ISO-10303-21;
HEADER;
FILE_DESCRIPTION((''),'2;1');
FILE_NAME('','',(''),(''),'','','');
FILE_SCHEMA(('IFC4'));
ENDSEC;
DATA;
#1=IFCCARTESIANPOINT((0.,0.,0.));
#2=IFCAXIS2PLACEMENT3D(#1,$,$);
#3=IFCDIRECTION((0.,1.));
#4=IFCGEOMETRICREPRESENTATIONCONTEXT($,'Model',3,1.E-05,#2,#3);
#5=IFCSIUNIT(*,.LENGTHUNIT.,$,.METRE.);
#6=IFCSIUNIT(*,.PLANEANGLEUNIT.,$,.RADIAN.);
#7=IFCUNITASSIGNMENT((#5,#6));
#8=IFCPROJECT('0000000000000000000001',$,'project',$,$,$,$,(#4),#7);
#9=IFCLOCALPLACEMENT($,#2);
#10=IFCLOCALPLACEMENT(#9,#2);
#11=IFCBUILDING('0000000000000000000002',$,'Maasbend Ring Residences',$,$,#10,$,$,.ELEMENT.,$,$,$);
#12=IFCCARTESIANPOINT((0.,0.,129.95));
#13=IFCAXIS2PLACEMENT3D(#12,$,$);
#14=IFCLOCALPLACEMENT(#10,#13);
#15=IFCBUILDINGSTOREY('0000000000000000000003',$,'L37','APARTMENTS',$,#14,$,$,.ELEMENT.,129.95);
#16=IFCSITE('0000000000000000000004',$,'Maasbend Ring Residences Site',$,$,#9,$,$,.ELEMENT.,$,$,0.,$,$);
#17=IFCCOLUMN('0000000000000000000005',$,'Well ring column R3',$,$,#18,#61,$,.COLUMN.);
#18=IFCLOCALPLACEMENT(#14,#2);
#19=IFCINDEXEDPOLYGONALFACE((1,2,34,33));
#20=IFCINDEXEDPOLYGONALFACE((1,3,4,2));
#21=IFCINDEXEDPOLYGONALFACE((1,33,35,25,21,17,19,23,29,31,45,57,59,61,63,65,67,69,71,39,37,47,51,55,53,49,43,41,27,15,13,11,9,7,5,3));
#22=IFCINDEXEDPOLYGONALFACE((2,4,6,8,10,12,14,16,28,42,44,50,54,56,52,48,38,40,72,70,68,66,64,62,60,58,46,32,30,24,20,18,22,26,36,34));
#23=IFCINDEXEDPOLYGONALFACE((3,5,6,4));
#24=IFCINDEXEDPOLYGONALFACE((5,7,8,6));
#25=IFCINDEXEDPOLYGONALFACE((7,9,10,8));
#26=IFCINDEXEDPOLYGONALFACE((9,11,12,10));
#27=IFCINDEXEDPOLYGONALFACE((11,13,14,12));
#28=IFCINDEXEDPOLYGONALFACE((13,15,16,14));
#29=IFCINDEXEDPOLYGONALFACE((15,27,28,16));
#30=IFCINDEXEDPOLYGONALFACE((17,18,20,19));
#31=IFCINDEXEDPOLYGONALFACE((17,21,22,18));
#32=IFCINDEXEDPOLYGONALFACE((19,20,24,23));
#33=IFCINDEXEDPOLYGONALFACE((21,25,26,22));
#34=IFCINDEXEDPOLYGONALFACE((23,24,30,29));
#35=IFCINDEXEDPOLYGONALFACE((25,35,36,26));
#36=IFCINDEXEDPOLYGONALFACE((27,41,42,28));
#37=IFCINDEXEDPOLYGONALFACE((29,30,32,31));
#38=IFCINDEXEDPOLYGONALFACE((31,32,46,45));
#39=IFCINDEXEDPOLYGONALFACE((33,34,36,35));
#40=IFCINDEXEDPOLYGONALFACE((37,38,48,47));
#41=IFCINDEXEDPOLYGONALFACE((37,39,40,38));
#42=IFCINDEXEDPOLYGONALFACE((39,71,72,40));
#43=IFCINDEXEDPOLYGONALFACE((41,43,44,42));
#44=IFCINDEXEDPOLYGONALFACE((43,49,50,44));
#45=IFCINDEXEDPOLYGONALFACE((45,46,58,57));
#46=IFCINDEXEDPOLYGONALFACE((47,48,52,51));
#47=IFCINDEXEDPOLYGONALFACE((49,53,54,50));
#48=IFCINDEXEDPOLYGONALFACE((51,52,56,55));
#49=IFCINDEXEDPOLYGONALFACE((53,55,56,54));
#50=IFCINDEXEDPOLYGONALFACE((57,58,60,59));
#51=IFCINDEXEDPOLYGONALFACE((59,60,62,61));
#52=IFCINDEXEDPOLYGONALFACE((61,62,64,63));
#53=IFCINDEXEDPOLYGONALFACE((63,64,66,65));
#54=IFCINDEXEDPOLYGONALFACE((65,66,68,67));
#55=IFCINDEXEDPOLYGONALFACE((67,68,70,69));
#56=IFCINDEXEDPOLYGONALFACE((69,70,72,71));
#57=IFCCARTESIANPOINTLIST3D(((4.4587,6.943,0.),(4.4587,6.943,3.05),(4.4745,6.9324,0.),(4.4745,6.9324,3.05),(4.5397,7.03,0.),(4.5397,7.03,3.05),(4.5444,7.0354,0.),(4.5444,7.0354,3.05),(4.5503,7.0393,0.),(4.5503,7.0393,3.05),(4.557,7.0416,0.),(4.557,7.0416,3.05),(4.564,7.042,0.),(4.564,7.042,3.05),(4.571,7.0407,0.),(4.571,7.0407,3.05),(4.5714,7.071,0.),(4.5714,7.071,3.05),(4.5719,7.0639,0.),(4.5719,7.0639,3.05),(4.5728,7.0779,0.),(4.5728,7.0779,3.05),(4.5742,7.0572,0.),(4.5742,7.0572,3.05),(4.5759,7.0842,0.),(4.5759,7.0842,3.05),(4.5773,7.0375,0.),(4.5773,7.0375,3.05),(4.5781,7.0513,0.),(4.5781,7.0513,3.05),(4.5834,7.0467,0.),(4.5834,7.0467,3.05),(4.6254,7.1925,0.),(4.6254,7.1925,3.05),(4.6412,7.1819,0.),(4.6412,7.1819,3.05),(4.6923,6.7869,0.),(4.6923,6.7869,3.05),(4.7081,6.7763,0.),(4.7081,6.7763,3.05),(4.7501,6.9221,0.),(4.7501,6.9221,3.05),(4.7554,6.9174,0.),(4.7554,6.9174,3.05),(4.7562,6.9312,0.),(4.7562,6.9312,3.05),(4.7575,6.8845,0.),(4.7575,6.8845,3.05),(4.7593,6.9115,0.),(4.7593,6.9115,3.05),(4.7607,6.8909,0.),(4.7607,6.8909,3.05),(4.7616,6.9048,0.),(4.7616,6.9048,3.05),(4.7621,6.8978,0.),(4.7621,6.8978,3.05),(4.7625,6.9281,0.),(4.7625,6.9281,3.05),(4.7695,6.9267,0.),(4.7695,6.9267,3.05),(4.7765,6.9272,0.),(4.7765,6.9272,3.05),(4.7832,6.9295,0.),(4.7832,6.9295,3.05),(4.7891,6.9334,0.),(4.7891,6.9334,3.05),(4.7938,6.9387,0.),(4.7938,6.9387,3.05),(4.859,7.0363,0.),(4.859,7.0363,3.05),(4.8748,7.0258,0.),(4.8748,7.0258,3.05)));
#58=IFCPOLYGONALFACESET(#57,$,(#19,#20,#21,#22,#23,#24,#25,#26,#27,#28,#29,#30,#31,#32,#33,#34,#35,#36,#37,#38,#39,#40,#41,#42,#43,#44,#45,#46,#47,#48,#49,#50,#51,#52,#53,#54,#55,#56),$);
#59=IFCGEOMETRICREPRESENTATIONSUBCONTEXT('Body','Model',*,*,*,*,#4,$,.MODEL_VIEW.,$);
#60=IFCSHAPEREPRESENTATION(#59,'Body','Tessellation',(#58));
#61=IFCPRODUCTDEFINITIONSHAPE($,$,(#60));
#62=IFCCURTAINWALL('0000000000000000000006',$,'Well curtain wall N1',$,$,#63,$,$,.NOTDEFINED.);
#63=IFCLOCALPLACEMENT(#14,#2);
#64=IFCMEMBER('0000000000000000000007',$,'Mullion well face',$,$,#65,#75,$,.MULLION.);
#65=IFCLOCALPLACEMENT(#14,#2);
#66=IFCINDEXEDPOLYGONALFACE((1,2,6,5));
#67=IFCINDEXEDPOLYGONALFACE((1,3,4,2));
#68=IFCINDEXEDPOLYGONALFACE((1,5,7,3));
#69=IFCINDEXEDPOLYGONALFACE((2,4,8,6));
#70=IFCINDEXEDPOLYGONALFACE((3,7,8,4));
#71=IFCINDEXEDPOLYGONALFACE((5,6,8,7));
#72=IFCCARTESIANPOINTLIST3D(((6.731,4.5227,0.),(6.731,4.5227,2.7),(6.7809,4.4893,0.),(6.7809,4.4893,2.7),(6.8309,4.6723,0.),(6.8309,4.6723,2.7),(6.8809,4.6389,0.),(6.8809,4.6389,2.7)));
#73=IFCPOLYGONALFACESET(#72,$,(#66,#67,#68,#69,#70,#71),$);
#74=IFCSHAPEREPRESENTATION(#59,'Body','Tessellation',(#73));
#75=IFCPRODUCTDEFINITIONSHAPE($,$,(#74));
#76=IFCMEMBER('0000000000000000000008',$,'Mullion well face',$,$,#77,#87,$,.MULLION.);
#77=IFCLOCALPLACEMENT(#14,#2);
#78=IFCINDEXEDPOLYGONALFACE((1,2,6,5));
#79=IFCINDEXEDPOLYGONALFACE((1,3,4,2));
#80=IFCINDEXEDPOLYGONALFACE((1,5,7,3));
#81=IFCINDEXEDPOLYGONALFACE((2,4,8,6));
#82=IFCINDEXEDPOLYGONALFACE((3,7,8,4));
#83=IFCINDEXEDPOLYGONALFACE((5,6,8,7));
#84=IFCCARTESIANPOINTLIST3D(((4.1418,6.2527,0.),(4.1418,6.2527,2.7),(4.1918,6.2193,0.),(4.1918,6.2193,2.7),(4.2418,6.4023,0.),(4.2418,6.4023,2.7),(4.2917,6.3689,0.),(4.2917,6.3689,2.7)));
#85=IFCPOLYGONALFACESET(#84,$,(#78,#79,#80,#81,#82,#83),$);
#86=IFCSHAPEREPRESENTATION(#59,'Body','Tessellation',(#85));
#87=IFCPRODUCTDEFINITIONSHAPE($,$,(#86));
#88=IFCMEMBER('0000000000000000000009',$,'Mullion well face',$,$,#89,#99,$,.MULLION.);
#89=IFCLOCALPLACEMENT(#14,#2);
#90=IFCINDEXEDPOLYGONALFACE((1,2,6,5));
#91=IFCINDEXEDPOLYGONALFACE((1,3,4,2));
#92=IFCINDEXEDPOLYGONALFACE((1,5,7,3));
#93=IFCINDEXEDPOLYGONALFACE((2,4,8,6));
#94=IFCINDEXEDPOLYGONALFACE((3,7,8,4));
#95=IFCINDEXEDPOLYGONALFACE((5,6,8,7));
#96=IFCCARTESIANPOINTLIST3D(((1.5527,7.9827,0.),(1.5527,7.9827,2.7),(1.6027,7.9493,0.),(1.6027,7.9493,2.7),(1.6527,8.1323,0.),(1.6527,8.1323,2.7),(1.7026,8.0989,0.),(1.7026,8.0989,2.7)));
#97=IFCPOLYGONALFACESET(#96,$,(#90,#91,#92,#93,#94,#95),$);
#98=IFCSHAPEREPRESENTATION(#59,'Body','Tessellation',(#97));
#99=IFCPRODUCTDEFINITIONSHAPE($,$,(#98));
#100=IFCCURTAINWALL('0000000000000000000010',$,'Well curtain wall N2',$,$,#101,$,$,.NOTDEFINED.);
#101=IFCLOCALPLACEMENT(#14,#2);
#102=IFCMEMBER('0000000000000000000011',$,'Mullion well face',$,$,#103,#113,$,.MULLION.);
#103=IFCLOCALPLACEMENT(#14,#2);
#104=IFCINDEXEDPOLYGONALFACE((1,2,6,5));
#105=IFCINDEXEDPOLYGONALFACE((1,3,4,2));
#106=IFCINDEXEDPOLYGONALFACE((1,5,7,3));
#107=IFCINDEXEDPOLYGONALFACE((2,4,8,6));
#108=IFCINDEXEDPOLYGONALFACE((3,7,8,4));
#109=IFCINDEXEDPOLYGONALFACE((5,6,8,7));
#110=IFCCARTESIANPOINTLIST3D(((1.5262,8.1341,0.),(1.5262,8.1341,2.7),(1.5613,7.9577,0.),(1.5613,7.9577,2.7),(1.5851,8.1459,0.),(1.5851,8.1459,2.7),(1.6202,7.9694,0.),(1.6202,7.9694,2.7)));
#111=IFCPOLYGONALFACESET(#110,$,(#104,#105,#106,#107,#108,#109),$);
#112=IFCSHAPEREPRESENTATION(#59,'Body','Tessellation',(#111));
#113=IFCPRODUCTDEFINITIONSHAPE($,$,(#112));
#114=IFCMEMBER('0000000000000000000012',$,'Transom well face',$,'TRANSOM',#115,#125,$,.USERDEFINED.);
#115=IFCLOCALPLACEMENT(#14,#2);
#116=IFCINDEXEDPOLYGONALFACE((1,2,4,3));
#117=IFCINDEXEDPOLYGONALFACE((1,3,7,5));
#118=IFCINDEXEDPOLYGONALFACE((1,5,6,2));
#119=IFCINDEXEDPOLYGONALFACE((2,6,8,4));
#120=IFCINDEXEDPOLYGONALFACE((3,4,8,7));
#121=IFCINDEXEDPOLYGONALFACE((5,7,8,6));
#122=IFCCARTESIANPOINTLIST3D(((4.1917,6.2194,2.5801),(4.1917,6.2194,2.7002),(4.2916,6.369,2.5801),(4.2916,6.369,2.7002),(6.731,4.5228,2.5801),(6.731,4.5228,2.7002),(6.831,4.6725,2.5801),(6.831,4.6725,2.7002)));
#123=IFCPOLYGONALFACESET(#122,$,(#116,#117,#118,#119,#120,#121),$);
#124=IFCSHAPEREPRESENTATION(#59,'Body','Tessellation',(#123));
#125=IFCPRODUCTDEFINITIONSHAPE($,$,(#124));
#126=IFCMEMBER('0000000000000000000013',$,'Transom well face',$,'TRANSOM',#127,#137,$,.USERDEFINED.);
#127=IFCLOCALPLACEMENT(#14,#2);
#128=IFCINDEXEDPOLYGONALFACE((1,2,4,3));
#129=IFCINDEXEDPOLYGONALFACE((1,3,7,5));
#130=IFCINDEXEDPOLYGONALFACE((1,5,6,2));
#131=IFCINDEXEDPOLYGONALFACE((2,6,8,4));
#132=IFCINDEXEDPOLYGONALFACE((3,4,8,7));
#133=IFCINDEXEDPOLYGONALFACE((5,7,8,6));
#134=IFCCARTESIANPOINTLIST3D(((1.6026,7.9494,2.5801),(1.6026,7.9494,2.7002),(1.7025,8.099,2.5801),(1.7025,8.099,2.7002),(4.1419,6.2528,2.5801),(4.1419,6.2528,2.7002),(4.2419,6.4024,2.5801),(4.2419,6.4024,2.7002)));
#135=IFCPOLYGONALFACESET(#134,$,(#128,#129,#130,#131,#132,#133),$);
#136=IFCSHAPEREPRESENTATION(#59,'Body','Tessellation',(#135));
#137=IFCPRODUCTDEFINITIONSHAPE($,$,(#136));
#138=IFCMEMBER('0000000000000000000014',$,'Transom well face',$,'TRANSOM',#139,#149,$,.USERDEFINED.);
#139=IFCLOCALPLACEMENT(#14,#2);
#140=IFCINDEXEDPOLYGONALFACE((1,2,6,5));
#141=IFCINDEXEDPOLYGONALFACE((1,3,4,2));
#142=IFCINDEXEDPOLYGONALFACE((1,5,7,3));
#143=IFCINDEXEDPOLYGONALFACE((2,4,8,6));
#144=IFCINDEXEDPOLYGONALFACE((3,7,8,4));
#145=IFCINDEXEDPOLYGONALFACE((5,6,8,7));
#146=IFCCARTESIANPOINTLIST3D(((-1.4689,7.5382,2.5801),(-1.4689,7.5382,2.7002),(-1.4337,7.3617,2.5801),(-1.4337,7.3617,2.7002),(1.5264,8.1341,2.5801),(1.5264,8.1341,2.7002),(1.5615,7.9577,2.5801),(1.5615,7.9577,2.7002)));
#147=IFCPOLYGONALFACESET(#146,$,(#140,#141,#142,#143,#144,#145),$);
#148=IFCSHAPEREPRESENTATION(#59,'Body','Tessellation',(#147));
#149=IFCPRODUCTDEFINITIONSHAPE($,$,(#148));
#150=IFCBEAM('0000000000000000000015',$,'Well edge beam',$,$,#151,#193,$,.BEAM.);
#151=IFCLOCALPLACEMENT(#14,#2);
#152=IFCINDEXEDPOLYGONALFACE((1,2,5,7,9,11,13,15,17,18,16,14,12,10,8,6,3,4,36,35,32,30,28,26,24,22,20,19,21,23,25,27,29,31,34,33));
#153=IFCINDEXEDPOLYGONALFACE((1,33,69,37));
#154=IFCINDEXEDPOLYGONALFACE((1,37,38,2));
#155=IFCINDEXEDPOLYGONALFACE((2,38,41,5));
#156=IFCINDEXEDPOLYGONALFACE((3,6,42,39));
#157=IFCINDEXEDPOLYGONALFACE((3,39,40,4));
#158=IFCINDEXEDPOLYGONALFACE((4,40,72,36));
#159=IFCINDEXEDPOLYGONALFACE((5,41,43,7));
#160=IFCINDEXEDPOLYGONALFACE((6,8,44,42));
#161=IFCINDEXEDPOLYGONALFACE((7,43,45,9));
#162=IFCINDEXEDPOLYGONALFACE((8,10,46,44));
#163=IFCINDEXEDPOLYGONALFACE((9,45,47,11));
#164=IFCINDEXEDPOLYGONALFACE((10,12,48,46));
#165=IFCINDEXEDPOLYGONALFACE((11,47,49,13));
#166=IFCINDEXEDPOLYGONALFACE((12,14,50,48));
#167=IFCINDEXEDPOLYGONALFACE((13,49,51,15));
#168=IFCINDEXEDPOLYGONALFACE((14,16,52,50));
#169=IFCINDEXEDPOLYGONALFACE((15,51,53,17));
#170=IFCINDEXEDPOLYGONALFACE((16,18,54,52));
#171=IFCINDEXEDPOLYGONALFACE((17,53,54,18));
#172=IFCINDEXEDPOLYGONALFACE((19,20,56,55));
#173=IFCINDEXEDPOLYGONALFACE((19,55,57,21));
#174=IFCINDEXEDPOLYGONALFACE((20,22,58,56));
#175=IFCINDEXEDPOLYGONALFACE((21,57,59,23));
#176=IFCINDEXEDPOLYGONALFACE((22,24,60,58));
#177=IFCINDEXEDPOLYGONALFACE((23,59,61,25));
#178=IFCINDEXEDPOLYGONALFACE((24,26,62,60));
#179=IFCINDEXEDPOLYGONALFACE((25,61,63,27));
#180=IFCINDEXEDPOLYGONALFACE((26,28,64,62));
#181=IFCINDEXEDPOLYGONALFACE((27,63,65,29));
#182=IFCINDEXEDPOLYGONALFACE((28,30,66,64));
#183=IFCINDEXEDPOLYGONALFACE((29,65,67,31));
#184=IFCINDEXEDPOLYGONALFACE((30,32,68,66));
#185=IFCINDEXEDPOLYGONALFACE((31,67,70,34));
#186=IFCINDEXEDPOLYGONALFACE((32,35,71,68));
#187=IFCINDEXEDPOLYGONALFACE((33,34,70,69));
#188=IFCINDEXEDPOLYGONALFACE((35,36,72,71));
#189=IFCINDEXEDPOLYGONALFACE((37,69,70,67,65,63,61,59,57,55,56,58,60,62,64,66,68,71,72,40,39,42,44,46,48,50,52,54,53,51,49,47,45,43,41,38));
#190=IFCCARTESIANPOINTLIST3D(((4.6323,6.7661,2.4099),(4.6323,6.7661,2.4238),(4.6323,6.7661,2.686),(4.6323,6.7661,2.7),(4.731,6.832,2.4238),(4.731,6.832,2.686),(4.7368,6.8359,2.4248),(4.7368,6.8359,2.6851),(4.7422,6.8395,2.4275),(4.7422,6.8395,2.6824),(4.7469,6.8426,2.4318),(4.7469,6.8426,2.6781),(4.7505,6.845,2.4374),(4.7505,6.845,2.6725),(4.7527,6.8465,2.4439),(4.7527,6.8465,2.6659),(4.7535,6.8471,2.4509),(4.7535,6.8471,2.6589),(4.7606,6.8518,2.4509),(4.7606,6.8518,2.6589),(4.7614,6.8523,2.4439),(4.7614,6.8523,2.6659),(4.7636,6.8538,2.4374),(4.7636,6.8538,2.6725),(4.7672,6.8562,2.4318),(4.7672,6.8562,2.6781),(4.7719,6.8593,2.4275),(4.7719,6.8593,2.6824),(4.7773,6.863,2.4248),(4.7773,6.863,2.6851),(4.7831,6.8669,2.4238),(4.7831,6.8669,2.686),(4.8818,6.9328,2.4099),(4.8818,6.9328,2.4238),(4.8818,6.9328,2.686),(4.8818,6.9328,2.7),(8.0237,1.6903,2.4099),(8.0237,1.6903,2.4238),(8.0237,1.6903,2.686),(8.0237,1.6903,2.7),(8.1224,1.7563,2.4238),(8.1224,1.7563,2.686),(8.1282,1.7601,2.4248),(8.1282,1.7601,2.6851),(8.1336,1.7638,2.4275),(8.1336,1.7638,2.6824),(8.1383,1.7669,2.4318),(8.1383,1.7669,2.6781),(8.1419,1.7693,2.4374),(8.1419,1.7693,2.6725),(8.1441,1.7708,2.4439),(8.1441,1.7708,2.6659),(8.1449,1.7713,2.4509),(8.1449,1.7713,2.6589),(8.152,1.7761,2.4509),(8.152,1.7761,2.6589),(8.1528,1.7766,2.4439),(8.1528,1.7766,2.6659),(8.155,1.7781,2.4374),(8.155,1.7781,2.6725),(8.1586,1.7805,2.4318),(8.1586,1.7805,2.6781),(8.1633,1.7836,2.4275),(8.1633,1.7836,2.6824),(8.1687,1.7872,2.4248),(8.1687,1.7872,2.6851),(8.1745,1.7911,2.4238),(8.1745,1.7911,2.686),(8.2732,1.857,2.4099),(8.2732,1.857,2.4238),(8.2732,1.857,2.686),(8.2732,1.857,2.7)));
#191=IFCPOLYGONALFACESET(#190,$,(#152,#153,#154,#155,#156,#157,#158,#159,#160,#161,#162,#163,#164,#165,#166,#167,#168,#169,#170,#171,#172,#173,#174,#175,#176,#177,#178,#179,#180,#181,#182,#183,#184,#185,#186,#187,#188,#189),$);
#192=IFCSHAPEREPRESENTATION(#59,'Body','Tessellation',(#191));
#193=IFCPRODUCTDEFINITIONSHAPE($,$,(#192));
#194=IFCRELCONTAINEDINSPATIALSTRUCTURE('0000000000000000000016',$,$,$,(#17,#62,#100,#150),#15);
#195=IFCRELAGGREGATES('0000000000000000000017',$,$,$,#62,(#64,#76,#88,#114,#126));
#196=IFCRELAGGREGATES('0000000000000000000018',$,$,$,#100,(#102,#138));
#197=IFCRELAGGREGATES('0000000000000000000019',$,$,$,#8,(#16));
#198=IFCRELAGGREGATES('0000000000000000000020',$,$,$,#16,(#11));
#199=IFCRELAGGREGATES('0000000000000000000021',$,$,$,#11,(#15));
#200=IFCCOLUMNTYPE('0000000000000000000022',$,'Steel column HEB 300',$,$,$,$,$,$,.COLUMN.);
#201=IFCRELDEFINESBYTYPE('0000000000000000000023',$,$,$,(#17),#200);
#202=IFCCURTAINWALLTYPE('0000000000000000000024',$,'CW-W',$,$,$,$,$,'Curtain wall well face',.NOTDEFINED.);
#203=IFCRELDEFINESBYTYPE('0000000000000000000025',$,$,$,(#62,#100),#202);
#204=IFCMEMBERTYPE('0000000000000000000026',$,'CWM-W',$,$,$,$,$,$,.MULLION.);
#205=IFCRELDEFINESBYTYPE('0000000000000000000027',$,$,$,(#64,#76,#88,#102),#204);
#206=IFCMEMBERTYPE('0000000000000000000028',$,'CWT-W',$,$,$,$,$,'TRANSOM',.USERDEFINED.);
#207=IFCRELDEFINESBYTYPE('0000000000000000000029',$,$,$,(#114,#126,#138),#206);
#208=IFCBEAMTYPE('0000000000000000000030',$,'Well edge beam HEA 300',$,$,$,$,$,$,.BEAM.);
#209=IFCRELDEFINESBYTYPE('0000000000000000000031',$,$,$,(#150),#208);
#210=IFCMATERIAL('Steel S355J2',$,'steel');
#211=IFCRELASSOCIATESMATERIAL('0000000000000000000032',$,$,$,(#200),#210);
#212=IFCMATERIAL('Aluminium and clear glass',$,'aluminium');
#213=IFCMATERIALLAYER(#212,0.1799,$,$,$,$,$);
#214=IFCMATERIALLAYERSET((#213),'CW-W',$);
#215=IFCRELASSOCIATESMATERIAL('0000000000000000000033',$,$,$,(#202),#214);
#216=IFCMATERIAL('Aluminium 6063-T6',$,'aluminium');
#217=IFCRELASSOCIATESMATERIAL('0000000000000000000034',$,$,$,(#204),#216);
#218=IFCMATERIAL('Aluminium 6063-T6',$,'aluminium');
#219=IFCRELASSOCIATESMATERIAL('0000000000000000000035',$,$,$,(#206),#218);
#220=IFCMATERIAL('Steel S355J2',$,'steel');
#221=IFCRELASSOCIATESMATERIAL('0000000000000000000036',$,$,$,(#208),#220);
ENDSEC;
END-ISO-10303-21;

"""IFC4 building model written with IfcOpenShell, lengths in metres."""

from ifc_helpers import new_model, si_unit, direction, frame, origin, origin_2d, place, context, subcontext, project, spatial, rectangle, i_section, extrude, material, layer, layer_set, material_profile, profile_set, type_object, element, aggregate, save


model = new_model("IFC4")

# Units and contexts
model_context = context("Model", 3, precision=1e-05, world=origin(), true_north=direction((0.0, 1.0)))
body_context = subcontext(model_context, "Body", "Model", "MODEL_VIEW")
ifc_project = project(units=[si_unit("LENGTHUNIT", "METRE"), si_unit("PLANEANGLEUNIT", "RADIAN")], contexts=[model_context])

# Site, building, storey
site_placement = place(None, origin())
site = spatial("IfcSite", under=ifc_project, at=site_placement, Name="Maasbend Ring Residences Site", CompositionType="ELEMENT", RefElevation=0.0)
building_placement = place(site_placement, origin())
building = spatial("IfcBuilding", under=site, at=building_placement, Name="Maasbend Ring Residences", CompositionType="ELEMENT")
storey_placement = place(building_placement, frame((0.0, 0.0, 129.95)))
storey = spatial("IfcBuildingStorey", under=building, at=storey_placement, Name="L37", Description="APARTMENTS", CompositionType="ELEMENT", Elevation=129.95)

# Column
ifc_material_1 = material(Name="Steel S355J2", Category="steel")
ifc_material_profile_1 = material_profile(ifc_material_1, i_section(OverallWidth=0.3, OverallDepth=0.3, WebThickness=0.011, FlangeThickness=0.019, FilletRadius=0.0271, at=origin_2d()), Name="HEB 300")
ifc_profile_set_1 = profile_set([ifc_material_profile_1], Name="Steel S355J2")
column_type = type_object("IfcColumnType", Name="Steel column HEB 300", PredefinedType="COLUMN", material=ifc_profile_set_1)
column_placement = place(storey_placement, frame((4.6667, 6.9844, 0.0), z_axis=(0.0, 0.0, 1.0), x_axis=(0.55557, 0.83147, 0.0)))
element("IfcColumn", 1, at=column_placement, inside=storey, type_object=column_type, Name="Well ring column R3", PredefinedType="COLUMN", context=body_context, shape_type="SweptSolid", body=[
    extrude(i_section(OverallWidth=0.3, OverallDepth=0.3, WebThickness=0.011, FlangeThickness=0.019, FilletRadius=0.0271, at=origin_2d()), origin(), (0.0, 0.0, 1.0), 3.05),
])

# Curtain wall, members
ifc_material_2 = material(Name="Aluminium and clear glass", Category="aluminium")
ifc_layer_1 = layer(ifc_material_2, 0.1799)
ifc_layer_set_1 = layer_set([ifc_layer_1], Name="CW-W")
curtain_wall_type = type_object("IfcCurtainWallType", Name="CW-W", ElementType="Curtain wall well face", PredefinedType="NOTDEFINED", material=ifc_layer_set_1)
curtain_wall_1_placement = place(storey_placement, origin())
curtain_wall_1 = element("IfcCurtainWall", 2, at=curtain_wall_1_placement, inside=storey, type_object=curtain_wall_type, Name="Well curtain wall N1", PredefinedType="NOTDEFINED")
ifc_material_3 = material(Name="Aluminium 6063-T6", Category="aluminium")
ifc_material_profile_2 = material_profile(ifc_material_3, rectangle(XDim=0.1799, YDim=0.0601, at=origin_2d()), Name="AL 180x60")
ifc_profile_set_2 = profile_set([ifc_material_profile_2], Name="Aluminium 6063-T6")
member_type_1 = type_object("IfcMemberType", Name="CWM-W", PredefinedType="MULLION", material=ifc_profile_set_2)
member_1_placement = place(storey_placement, frame((6.8059, 4.5808, 0.0), z_axis=(0.0, 0.0, 1.0), x_axis=(-0.55557, -0.83147, 0.0)))
member_1 = element("IfcMember", 3, at=member_1_placement, type_object=member_type_1, Name="Mullion well face", PredefinedType="MULLION", context=body_context, shape_type="SweptSolid", body=[
    extrude(rectangle(XDim=0.1799, YDim=0.0601, at=origin_2d()), origin(), (0.0, 0.0, 1.0), 2.7),
])
member_2_placement = place(storey_placement, frame((4.2168, 6.3108, 0.0), z_axis=(0.0, 0.0, 1.0), x_axis=(-0.55557, -0.83147, 0.0)))
member_2 = element("IfcMember", 4, at=member_2_placement, type_object=member_type_1, Name="Mullion well face", PredefinedType="MULLION", context=body_context, shape_type="SweptSolid", body=[
    extrude(rectangle(XDim=0.1799, YDim=0.0601, at=origin_2d()), origin(), (0.0, 0.0, 1.0), 2.7),
])
member_3_placement = place(storey_placement, frame((1.6277, 8.0408, 0.0), z_axis=(0.0, 0.0, 1.0), x_axis=(-0.55557, -0.83147, 0.0)))
member_3 = element("IfcMember", 5, at=member_3_placement, type_object=member_type_1, Name="Mullion well face", PredefinedType="MULLION", context=body_context, shape_type="SweptSolid", body=[
    extrude(rectangle(XDim=0.1799, YDim=0.0601, at=origin_2d()), origin(), (0.0, 0.0, 1.0), 2.7),
])

# Curtain wall, member
curtain_wall_2_placement = place(storey_placement, origin())
curtain_wall_2 = element("IfcCurtainWall", 6, at=curtain_wall_2_placement, inside=storey, type_object=curtain_wall_type, Name="Well curtain wall N2", PredefinedType="NOTDEFINED")
member_4_placement = place(storey_placement, frame((1.5732, 8.0518, 0.0), z_axis=(0.0, 0.0, 1.0), x_axis=(0.19509, -0.980785, 0.0)))
member_4 = element("IfcMember", 7, at=member_4_placement, type_object=member_type_1, Name="Mullion well face", PredefinedType="MULLION", context=body_context, shape_type="SweptSolid", body=[
    extrude(rectangle(XDim=0.1799, YDim=0.0601, at=origin_2d()), origin(), (0.0, 0.0, 1.0), 2.7),
])

# Members
ifc_material_4 = material(Name="Aluminium 6063-T6", Category="aluminium")
ifc_material_profile_3 = material_profile(ifc_material_4, rectangle(XDim=0.1799, YDim=0.1201, at=origin_2d()), Name="AL 180x120")
ifc_profile_set_3 = profile_set([ifc_material_profile_3], Name="Aluminium 6063-T6")
member_type_2 = type_object("IfcMemberType", Name="CWT-W", ElementType="TRANSOM", PredefinedType="USERDEFINED", material=ifc_profile_set_3)
member_5_placement = place(storey_placement, frame((6.781, 4.5977, 2.6401), z_axis=(-0.831496, 0.55553, 0.0), x_axis=(-0.55553, -0.831496, 0.0)))
member_5 = element("IfcMember", 8, at=member_5_placement, type_object=member_type_2, Name="Transom well face", ObjectType="TRANSOM", PredefinedType="USERDEFINED", context=body_context, shape_type="SweptSolid", body=[
    extrude(rectangle(XDim=0.1799, YDim=0.1201, at=origin_2d()), origin(), (0.0, 0.0, 1.0), 3.054),
])
member_6_placement = place(storey_placement, frame((4.1919, 6.3276, 2.6401), z_axis=(-0.831496, 0.55553, 0.0), x_axis=(-0.55553, -0.831496, 0.0)))
member_6 = element("IfcMember", 9, at=member_6_placement, type_object=member_type_2, Name="Transom well face", ObjectType="TRANSOM", PredefinedType="USERDEFINED", context=body_context, shape_type="SweptSolid", body=[
    extrude(rectangle(XDim=0.1799, YDim=0.1201, at=origin_2d()), origin(), (0.0, 0.0, 1.0), 3.054),
])
member_7_placement = place(storey_placement, frame((1.5439, 8.0459, 2.6401), z_axis=(-0.980777, -0.195132, 0.0), x_axis=(0.195132, -0.980777, 0.0)))
member_7 = element("IfcMember", 10, at=member_7_placement, type_object=member_type_2, Name="Transom well face", ObjectType="TRANSOM", PredefinedType="USERDEFINED", context=body_context, shape_type="SweptSolid", body=[
    extrude(rectangle(XDim=0.1799, YDim=0.1201, at=origin_2d()), origin(), (0.0, 0.0, 1.0), 3.054),
])

# Beam
ifc_material_5 = material(Name="Steel S355J2", Category="steel")
ifc_material_profile_4 = material_profile(ifc_material_5, i_section(OverallWidth=0.3, OverallDepth=0.29, WebThickness=0.0085, FlangeThickness=0.0139, FilletRadius=0.0271, at=origin_2d()), Name="HEA 300")
ifc_profile_set_4 = profile_set([ifc_material_profile_4], Name="Steel S355J2")
beam_type = type_object("IfcBeamType", Name="Well edge beam HEA 300", PredefinedType="BEAM", material=ifc_profile_set_4)
beam_1_placement = place(storey_placement, frame((8.1484, 1.7737, 2.5549), z_axis=(-0.555558, 0.831478, 0.0), x_axis=(-0.831478, -0.555558, 0.0)))
element("IfcBeam", 11, at=beam_1_placement, inside=storey, type_object=beam_type, Name="Well edge beam", PredefinedType="BEAM", context=body_context, shape_type="SweptSolid", body=[
    extrude(i_section(OverallWidth=0.3, OverallDepth=0.29, WebThickness=0.0085, FlangeThickness=0.0139, FilletRadius=0.0271, at=origin_2d()), origin(), (0.0, 0.0, 1.0), 6.1045),
])

aggregate(curtain_wall_1, [member_1, member_2, member_3, member_5, member_6])
aggregate(curtain_wall_2, [member_4, member_7])

save(model, "model.ifc")
